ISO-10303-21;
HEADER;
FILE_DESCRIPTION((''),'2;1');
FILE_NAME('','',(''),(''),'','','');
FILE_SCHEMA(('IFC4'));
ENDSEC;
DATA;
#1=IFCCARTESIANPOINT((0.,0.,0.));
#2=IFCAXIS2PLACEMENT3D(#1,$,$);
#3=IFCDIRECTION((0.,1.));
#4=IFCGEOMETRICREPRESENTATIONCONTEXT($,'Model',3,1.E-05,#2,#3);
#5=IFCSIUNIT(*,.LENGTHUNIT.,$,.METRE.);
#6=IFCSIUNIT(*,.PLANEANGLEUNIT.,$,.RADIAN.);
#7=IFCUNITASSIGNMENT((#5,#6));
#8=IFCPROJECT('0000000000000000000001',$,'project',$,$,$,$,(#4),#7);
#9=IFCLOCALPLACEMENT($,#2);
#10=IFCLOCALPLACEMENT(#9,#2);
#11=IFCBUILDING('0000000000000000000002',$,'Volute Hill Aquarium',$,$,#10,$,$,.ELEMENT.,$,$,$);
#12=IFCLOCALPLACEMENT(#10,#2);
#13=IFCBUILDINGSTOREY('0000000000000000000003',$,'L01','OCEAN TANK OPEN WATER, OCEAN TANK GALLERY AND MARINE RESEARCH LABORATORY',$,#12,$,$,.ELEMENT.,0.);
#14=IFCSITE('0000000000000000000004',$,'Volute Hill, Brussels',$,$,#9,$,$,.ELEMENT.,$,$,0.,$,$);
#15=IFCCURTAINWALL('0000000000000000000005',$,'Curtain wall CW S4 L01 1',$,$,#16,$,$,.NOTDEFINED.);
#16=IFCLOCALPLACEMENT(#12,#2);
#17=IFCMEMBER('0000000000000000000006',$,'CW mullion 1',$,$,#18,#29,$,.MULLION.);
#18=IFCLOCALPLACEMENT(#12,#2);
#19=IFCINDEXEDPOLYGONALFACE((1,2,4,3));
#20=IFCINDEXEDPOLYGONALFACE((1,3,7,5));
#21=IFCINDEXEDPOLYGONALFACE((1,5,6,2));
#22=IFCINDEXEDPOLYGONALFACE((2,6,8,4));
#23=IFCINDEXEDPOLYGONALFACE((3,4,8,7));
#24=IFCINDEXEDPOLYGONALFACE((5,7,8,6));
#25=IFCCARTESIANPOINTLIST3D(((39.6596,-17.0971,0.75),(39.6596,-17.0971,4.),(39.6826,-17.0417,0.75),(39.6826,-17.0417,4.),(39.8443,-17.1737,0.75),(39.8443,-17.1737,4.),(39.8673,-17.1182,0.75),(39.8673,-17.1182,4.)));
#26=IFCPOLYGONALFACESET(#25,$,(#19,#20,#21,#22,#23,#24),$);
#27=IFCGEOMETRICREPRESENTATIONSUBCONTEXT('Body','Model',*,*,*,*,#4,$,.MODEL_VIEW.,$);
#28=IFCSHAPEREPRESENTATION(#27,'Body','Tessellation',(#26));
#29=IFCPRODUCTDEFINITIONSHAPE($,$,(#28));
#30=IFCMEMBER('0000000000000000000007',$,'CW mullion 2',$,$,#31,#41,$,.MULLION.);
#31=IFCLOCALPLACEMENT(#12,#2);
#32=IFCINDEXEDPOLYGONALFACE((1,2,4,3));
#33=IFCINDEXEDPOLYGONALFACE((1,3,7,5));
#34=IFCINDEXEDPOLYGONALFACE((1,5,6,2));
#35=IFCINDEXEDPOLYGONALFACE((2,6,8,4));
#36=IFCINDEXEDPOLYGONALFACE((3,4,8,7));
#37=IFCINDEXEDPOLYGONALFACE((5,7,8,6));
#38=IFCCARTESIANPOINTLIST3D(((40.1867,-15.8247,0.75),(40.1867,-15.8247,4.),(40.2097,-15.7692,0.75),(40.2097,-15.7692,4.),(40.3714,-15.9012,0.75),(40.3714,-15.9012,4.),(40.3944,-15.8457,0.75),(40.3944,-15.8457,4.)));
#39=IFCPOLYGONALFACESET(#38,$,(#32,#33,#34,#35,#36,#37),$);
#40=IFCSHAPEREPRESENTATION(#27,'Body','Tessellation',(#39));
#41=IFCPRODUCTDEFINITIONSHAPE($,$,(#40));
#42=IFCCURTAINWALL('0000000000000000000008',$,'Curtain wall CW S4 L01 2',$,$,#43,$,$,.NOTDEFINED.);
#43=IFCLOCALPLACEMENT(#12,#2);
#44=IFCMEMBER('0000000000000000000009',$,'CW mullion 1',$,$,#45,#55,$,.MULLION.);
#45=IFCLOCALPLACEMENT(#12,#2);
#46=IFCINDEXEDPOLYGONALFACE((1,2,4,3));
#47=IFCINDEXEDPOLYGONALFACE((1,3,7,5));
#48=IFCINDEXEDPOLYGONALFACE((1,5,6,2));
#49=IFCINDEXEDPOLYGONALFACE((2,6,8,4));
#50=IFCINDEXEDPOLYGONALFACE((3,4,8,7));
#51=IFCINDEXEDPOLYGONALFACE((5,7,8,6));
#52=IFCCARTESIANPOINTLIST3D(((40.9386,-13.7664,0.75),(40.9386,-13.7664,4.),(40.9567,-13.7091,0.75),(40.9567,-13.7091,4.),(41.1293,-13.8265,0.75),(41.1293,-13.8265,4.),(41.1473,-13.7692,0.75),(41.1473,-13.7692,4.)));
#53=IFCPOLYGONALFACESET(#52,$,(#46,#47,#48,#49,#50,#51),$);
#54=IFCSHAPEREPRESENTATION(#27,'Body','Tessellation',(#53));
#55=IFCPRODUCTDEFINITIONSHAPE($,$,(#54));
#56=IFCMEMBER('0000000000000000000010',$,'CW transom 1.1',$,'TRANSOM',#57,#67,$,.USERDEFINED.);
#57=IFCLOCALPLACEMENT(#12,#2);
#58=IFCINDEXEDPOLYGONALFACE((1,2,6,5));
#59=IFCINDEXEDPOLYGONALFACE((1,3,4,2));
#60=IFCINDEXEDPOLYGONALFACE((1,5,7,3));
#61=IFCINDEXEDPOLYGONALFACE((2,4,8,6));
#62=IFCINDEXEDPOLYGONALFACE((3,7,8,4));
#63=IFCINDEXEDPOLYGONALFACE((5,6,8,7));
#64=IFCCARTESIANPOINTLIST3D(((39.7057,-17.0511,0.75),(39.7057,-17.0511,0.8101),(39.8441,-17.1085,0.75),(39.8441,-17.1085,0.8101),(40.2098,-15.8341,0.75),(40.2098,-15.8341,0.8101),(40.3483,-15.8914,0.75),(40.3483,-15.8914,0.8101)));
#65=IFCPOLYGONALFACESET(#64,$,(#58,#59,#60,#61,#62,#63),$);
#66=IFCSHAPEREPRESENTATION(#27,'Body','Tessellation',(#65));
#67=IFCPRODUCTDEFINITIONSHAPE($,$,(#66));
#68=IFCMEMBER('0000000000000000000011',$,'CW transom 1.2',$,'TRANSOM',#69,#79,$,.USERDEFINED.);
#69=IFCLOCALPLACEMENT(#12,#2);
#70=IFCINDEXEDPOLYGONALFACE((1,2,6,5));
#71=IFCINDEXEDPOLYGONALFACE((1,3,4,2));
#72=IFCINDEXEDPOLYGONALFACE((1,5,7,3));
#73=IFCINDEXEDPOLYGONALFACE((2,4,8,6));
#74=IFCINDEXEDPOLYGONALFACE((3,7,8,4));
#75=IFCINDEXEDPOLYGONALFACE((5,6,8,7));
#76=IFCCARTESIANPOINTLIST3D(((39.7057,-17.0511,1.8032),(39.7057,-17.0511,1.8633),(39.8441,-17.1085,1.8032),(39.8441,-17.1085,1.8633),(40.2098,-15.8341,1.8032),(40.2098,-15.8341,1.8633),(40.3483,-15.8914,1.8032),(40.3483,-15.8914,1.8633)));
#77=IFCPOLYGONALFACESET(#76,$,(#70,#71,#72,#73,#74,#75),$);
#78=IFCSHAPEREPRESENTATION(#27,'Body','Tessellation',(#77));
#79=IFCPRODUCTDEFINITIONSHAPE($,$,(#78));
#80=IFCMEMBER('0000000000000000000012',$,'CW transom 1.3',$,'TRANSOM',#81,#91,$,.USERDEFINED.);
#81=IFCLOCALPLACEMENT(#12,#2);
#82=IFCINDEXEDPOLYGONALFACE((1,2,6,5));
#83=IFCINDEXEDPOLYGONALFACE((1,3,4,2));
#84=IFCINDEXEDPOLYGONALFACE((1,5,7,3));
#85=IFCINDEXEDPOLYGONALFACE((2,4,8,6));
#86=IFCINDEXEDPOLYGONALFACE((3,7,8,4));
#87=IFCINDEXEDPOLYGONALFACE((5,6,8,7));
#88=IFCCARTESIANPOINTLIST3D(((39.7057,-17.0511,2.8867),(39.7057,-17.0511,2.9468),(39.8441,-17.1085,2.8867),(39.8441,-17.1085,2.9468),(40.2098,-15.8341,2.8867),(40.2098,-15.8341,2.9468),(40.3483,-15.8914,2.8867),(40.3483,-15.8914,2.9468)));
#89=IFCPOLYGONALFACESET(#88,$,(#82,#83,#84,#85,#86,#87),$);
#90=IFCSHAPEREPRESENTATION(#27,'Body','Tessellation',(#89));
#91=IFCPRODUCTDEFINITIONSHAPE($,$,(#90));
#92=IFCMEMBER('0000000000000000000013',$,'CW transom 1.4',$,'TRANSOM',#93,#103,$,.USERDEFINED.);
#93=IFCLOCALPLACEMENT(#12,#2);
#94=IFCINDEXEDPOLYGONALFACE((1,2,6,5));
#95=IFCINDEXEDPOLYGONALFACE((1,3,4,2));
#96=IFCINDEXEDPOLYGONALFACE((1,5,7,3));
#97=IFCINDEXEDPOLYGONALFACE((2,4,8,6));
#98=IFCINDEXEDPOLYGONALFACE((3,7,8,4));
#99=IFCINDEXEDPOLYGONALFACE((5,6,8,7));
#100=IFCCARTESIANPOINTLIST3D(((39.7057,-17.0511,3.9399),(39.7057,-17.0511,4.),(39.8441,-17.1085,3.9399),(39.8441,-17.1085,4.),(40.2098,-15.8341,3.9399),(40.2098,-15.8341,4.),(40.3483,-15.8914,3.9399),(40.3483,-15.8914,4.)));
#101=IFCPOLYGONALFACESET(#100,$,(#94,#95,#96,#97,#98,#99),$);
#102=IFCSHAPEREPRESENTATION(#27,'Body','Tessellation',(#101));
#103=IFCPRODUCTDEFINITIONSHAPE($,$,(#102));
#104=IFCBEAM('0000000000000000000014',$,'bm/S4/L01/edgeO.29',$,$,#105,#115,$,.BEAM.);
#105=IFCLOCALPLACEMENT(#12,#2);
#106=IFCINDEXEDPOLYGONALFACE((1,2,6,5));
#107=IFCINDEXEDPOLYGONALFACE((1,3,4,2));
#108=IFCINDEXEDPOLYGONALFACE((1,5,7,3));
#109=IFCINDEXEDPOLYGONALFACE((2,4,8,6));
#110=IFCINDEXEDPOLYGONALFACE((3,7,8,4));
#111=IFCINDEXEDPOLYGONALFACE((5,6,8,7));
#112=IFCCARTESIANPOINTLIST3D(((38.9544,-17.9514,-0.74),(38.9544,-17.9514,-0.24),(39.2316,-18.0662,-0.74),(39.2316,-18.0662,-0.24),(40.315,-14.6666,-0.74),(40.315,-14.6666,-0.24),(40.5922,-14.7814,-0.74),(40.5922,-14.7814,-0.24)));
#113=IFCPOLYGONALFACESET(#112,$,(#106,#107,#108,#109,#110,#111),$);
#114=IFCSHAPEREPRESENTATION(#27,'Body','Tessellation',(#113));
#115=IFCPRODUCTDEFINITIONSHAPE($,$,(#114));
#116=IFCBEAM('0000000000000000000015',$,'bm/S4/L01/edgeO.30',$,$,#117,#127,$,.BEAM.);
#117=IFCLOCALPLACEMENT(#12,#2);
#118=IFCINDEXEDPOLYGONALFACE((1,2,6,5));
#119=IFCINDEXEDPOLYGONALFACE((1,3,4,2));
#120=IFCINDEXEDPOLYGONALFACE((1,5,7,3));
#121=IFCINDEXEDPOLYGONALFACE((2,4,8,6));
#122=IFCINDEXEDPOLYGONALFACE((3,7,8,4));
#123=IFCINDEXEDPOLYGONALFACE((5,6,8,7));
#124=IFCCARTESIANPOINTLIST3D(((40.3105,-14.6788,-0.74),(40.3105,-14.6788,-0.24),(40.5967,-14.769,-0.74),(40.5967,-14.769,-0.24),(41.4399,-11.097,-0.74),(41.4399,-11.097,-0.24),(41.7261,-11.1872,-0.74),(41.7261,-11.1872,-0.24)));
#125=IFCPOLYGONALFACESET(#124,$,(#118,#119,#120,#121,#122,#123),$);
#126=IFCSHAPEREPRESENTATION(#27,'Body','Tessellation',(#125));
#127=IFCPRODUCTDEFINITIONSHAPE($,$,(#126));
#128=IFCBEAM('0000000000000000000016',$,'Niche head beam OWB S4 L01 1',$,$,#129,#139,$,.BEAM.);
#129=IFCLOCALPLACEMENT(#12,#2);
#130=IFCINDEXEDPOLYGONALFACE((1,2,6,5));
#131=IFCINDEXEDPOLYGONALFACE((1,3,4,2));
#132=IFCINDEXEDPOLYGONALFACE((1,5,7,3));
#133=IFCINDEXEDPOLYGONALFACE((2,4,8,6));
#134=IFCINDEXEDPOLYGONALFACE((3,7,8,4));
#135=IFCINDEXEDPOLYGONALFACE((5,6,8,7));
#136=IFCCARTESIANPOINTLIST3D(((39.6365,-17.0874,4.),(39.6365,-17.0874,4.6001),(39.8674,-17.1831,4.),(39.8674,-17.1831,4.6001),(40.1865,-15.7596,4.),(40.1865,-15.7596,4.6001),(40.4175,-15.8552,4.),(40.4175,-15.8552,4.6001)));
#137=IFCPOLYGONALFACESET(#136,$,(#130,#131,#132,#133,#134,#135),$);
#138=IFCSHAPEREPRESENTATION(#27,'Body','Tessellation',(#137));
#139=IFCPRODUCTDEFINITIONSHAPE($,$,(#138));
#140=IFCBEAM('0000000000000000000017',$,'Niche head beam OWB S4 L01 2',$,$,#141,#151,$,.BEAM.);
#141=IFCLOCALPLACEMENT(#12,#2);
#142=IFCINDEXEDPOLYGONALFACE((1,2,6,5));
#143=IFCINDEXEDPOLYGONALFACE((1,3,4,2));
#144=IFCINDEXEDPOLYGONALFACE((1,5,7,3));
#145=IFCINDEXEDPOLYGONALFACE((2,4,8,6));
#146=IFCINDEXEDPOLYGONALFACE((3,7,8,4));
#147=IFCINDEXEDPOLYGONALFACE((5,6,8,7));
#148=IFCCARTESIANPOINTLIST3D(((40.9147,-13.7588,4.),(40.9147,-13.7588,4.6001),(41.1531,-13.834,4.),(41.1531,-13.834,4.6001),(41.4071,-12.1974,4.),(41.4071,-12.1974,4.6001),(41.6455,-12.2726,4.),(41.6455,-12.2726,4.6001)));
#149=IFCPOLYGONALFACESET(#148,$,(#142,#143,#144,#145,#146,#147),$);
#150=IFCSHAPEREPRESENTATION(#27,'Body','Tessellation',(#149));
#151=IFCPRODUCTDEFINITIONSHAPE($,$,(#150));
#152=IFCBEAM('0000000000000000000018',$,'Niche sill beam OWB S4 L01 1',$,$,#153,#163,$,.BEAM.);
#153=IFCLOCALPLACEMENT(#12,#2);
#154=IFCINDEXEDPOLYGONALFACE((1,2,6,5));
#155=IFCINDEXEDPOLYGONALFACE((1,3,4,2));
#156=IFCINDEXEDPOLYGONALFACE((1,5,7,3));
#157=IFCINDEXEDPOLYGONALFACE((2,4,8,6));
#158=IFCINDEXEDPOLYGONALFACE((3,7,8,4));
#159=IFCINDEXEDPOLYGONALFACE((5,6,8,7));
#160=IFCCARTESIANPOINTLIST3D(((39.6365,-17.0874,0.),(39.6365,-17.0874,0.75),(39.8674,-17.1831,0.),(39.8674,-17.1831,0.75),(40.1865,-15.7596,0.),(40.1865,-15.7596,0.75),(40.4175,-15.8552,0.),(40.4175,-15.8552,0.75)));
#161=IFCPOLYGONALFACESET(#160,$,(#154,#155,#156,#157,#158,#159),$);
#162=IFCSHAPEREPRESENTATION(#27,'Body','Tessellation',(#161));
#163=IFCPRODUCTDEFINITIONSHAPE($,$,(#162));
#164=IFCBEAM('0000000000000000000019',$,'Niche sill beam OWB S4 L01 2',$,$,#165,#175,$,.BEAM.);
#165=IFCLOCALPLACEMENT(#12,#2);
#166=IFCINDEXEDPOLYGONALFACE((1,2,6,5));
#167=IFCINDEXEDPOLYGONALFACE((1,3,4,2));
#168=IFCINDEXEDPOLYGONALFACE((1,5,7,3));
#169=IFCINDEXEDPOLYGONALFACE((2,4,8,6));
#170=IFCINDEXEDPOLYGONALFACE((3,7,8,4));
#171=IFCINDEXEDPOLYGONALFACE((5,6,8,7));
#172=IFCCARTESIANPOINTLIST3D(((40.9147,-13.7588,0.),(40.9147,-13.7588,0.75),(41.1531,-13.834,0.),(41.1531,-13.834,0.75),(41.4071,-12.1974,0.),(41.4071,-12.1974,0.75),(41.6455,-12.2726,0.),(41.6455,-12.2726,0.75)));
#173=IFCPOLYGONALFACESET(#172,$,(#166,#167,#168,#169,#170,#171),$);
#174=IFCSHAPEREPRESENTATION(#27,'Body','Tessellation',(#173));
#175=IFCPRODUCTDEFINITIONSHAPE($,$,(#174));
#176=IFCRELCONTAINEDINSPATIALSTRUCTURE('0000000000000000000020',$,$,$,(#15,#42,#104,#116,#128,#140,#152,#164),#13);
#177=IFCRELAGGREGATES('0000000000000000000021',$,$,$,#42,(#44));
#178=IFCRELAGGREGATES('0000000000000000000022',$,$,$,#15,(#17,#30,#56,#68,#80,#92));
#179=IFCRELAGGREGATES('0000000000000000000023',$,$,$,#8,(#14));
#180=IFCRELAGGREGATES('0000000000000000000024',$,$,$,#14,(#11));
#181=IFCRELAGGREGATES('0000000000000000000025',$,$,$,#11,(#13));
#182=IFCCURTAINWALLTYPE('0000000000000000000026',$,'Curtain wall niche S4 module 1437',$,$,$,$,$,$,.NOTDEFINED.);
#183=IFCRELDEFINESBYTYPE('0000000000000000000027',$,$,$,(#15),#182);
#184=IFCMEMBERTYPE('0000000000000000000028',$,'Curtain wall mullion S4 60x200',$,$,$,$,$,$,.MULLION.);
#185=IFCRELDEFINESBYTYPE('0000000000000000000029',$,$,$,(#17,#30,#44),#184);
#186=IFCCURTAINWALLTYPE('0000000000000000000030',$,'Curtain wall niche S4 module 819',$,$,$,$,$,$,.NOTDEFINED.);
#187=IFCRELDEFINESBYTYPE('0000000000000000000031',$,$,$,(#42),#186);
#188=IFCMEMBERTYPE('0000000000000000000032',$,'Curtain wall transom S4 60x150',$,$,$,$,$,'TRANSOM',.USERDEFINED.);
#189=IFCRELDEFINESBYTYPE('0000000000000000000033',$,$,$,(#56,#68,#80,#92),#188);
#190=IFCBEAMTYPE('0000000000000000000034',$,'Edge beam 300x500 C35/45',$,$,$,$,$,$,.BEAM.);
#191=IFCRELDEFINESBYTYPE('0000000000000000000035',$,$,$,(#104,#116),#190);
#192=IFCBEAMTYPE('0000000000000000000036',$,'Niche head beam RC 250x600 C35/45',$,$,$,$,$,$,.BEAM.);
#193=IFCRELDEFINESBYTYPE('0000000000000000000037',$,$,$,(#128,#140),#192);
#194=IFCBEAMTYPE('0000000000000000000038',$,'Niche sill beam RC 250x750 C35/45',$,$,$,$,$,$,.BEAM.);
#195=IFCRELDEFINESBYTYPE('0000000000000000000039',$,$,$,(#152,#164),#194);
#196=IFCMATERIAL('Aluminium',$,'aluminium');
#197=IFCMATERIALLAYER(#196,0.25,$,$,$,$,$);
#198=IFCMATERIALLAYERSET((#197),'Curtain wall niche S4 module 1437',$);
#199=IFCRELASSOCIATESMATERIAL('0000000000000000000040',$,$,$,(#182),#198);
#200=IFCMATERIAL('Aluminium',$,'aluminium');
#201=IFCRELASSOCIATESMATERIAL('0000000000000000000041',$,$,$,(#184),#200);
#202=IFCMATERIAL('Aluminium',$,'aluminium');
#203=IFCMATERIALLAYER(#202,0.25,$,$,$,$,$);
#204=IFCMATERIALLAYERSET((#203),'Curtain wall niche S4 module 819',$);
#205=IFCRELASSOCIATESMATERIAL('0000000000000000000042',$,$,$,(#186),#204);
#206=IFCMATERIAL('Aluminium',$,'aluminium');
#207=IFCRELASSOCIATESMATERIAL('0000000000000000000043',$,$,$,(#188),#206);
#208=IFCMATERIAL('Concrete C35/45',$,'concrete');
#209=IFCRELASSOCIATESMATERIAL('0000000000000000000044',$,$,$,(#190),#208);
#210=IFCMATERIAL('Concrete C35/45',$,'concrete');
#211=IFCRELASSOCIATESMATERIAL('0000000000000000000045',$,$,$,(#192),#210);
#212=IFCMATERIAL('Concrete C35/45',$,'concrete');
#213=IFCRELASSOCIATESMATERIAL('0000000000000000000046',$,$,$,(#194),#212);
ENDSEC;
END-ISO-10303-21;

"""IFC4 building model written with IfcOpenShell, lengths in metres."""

from ifc_helpers import new_model, si_unit, direction, frame, origin, origin_2d, place, context, subcontext, project, spatial, rectangle, extrude, material, layer, layer_set, material_profile, profile_set, type_object, element, aggregate, save


model = new_model("IFC4")

# Units and contexts
model_context = context("Model", 3, precision=1e-05, world=origin(), true_north=direction((0.0, 1.0)))
body_context = subcontext(model_context, "Body", "Model", "MODEL_VIEW")
ifc_project = project(units=[si_unit("LENGTHUNIT", "METRE"), si_unit("PLANEANGLEUNIT", "RADIAN")], contexts=[model_context])

# Site, building, storey
site_placement = place(None, origin())
site = spatial("IfcSite", under=ifc_project, at=site_placement, Name="Volute Hill, Brussels", CompositionType="ELEMENT", RefElevation=0.0)
building_placement = place(site_placement, origin())
building = spatial("IfcBuilding", under=site, at=building_placement, Name="Volute Hill Aquarium", CompositionType="ELEMENT")
storey_placement = place(building_placement, origin())
storey = spatial("IfcBuildingStorey", under=building, at=storey_placement, Name="L01", Description="OCEAN TANK OPEN WATER, OCEAN TANK GALLERY AND MARINE RESEARCH LABORATORY", CompositionType="ELEMENT", Elevation=0.0)

# Curtain wall, members
ifc_material_1 = material(Name="Aluminium", Category="aluminium")
ifc_layer_1 = layer(ifc_material_1, 0.25)
ifc_layer_set_1 = layer_set([ifc_layer_1], Name="Curtain wall niche S4 module 1437")
curtain_wall_type_1 = type_object("IfcCurtainWallType", Name="Curtain wall niche S4 module 1437", PredefinedType="NOTDEFINED", material=ifc_layer_set_1)
curtain_wall_1_placement = place(storey_placement, origin())
curtain_wall_1 = element("IfcCurtainWall", 1, at=curtain_wall_1_placement, inside=storey, type_object=curtain_wall_type_1, Name="Curtain wall CW S4 L01 1", PredefinedType="NOTDEFINED")
ifc_material_2 = material(Name="Aluminium", Category="aluminium")
ifc_material_profile_1 = material_profile(ifc_material_2, rectangle(XDim=0.2, YDim=0.0601, at=origin_2d()), Name="Curtain wall mullion S4 60x200")
ifc_profile_set_1 = profile_set([ifc_material_profile_1], Name="Aluminium")
member_type_1 = type_object("IfcMemberType", Name="Curtain wall mullion S4 60x200", PredefinedType="MULLION", material=ifc_profile_set_1)
member_1_placement = place(storey_placement, frame((39.7634, -17.1077, 0.75), z_axis=(0.0, 0.0, 1.0), x_axis=(-0.923874, 0.382697, 0.0)))
member_1 = element("IfcMember", 2, at=member_1_placement, type_object=member_type_1, Name="CW mullion 1", PredefinedType="MULLION", context=body_context, shape_type="SweptSolid", body=[
    extrude(rectangle(XDim=0.2, YDim=0.0601, at=origin_2d()), origin(), (0.0, 0.0, 1.0), 3.25),
])
member_2_placement = place(storey_placement, frame((40.2905, -15.8352, 0.75), z_axis=(0.0, 0.0, 1.0), x_axis=(-0.923874, 0.382697, 0.0)))
member_2 = element("IfcMember", 3, at=member_2_placement, type_object=member_type_1, Name="CW mullion 2", PredefinedType="MULLION", context=body_context, shape_type="SweptSolid", body=[
    extrude(rectangle(XDim=0.2, YDim=0.0601, at=origin_2d()), origin(), (0.0, 0.0, 1.0), 3.25),
])

# Curtain wall, member
ifc_material_3 = material(Name="Aluminium", Category="aluminium")
ifc_layer_2 = layer(ifc_material_3, 0.25)
ifc_layer_set_2 = layer_set([ifc_layer_2], Name="Curtain wall niche S4 module 819")
curtain_wall_type_2 = type_object("IfcCurtainWallType", Name="Curtain wall niche S4 module 819", PredefinedType="NOTDEFINED", material=ifc_layer_set_2)
curtain_wall_2_placement = place(storey_placement, origin())
curtain_wall_2 = element("IfcCurtainWall", 4, at=curtain_wall_2_placement, inside=storey, type_object=curtain_wall_type_2, Name="Curtain wall CW S4 L01 2", PredefinedType="NOTDEFINED")
member_3_placement = place(storey_placement, frame((41.043, -13.7678, 0.75), z_axis=(0.0, 0.0, 1.0), x_axis=(-0.953716, 0.30071, 0.0)))
member_3 = element("IfcMember", 5, at=member_3_placement, type_object=member_type_1, Name="CW mullion 1", PredefinedType="MULLION", context=body_context, shape_type="SweptSolid", body=[
    extrude(rectangle(XDim=0.2, YDim=0.0601, at=origin_2d()), origin(), (0.0, 0.0, 1.0), 3.25),
])
aggregate(curtain_wall_2, [member_3])

# Members
ifc_material_4 = material(Name="Aluminium", Category="aluminium")
ifc_material_profile_2 = material_profile(ifc_material_4, rectangle(XDim=0.1499, YDim=0.0601, at=origin_2d()), Name="Curtain wall transom S4 60x150")
ifc_profile_set_2 = profile_set([ifc_material_profile_2], Name="Aluminium")
member_type_2 = type_object("IfcMemberType", Name="Curtain wall transom S4 60x150", ElementType="TRANSOM", PredefinedType="USERDEFINED", material=ifc_profile_set_2)
member_4_placement = place(storey_placement, frame((39.7749, -17.0798, 0.78), z_axis=(0.382706, 0.92387, 0.0), x_axis=(-0.92387, 0.382706, 0.0)))
member_4 = element("IfcMember", 6, at=member_4_placement, type_object=member_type_2, Name="CW transom 1.1", ObjectType="TRANSOM", PredefinedType="USERDEFINED", context=body_context, shape_type="SweptSolid", body=[
    extrude(rectangle(XDim=0.1499, YDim=0.0601, at=origin_2d()), origin(), (0.0, 0.0, 1.0), 1.3174),
])
member_5_placement = place(storey_placement, frame((39.7749, -17.0798, 1.8333), z_axis=(0.382706, 0.92387, 0.0), x_axis=(-0.92387, 0.382706, 0.0)))
member_5 = element("IfcMember", 7, at=member_5_placement, type_object=member_type_2, Name="CW transom 1.2", ObjectType="TRANSOM", PredefinedType="USERDEFINED", context=body_context, shape_type="SweptSolid", body=[
    extrude(rectangle(XDim=0.1499, YDim=0.0601, at=origin_2d()), origin(), (0.0, 0.0, 1.0), 1.3174),
])
member_6_placement = place(storey_placement, frame((39.7749, -17.0798, 2.9167), z_axis=(0.382706, 0.92387, 0.0), x_axis=(-0.92387, 0.382706, 0.0)))
member_6 = element("IfcMember", 8, at=member_6_placement, type_object=member_type_2, Name="CW transom 1.3", ObjectType="TRANSOM", PredefinedType="USERDEFINED", context=body_context, shape_type="SweptSolid", body=[
    extrude(rectangle(XDim=0.1499, YDim=0.0601, at=origin_2d()), origin(), (0.0, 0.0, 1.0), 1.3174),
])
member_7_placement = place(storey_placement, frame((39.7749, -17.0798, 3.97), z_axis=(0.382706, 0.92387, 0.0), x_axis=(-0.92387, 0.382706, 0.0)))
member_7 = element("IfcMember", 9, at=member_7_placement, type_object=member_type_2, Name="CW transom 1.4", ObjectType="TRANSOM", PredefinedType="USERDEFINED", context=body_context, shape_type="SweptSolid", body=[
    extrude(rectangle(XDim=0.1499, YDim=0.0601, at=origin_2d()), origin(), (0.0, 0.0, 1.0), 1.3174),
])

# Beams
ifc_material_5 = material(Name="Concrete C35/45", Category="concrete")
ifc_material_profile_3 = material_profile(ifc_material_5, rectangle(XDim=0.3, YDim=0.5, at=origin_2d()), Name="RC edge beam 300x500")
ifc_profile_set_3 = profile_set([ifc_material_profile_3], Name="Concrete C35/45")
beam_type_1 = type_object("IfcBeamType", Name="Edge beam 300x500 C35/45", PredefinedType="BEAM", material=ifc_profile_set_3)
beam_1_placement = place(storey_placement, frame((39.093, -18.0088, -0.49), z_axis=(0.382669, 0.923885, 0.0), x_axis=(-0.923885, 0.382669, 0.0)))
element("IfcBeam", 10, at=beam_1_placement, inside=storey, type_object=beam_type_1, Name="bm/S4/L01/edgeO.29", PredefinedType="BEAM", context=body_context, shape_type="SweptSolid", body=[
    extrude(rectangle(XDim=0.3, YDim=0.5, at=origin_2d()), origin(), (0.0, 0.0, 1.0), 3.5554),
])
beam_2_placement = place(storey_placement, frame((40.4536, -14.7239, -0.49), z_axis=(0.300721, 0.953712, 0.0), x_axis=(-0.953712, 0.300721, 0.0)))
element("IfcBeam", 11, at=beam_2_placement, inside=storey, type_object=beam_type_1, Name="bm/S4/L01/edgeO.30", PredefinedType="BEAM", context=body_context, shape_type="SweptSolid", body=[
    extrude(rectangle(XDim=0.3, YDim=0.5, at=origin_2d()), origin(), (0.0, 0.0, 1.0), 3.7556),
])
ifc_material_6 = material(Name="Concrete C35/45", Category="concrete")
ifc_material_profile_4 = material_profile(ifc_material_6, rectangle(XDim=0.25, YDim=0.6001, at=origin_2d()), Name="RC beam 250x600")
ifc_profile_set_4 = profile_set([ifc_material_profile_4], Name="Concrete C35/45")
beam_type_2 = type_object("IfcBeamType", Name="Niche head beam RC 250x600 C35/45", PredefinedType="BEAM", material=ifc_profile_set_4)
beam_3_placement = place(storey_placement, frame((39.752, -17.1353, 4.3), z_axis=(0.382697, 0.923874, 0.0), x_axis=(-0.923874, 0.382697, 0.0)))
element("IfcBeam", 12, at=beam_3_placement, inside=storey, type_object=beam_type_2, Name="Niche head beam OWB S4 L01 1", PredefinedType="BEAM", context=body_context, shape_type="SweptSolid", body=[
    extrude(rectangle(XDim=0.25, YDim=0.6001, at=origin_2d()), origin(), (0.0, 0.0, 1.0), 1.4373),
])
beam_4_placement = place(storey_placement, frame((41.0339, -13.7964, 4.3), z_axis=(0.300753, 0.953702, 0.0), x_axis=(-0.953702, 0.300753, 0.0)))
element("IfcBeam", 13, at=beam_4_placement, inside=storey, type_object=beam_type_2, Name="Niche head beam OWB S4 L01 2", PredefinedType="BEAM", context=body_context, shape_type="SweptSolid", body=[
    extrude(rectangle(XDim=0.25, YDim=0.6001, at=origin_2d()), origin(), (0.0, 0.0, 1.0), 1.6372),
])
ifc_material_7 = material(Name="Concrete C35/45", Category="concrete")
ifc_material_profile_5 = material_profile(ifc_material_7, rectangle(XDim=0.25, YDim=0.75, at=origin_2d()), Name="RC beam 250x750")
ifc_profile_set_5 = profile_set([ifc_material_profile_5], Name="Concrete C35/45")
beam_type_3 = type_object("IfcBeamType", Name="Niche sill beam RC 250x750 C35/45", PredefinedType="BEAM", material=ifc_profile_set_5)
beam_5_placement = place(storey_placement, frame((39.752, -17.1353, 0.375), z_axis=(0.382697, 0.923874, 0.0), x_axis=(-0.923874, 0.382697, 0.0)))
element("IfcBeam", 14, at=beam_5_placement, inside=storey, type_object=beam_type_3, Name="Niche sill beam OWB S4 L01 1", PredefinedType="BEAM", context=body_context, shape_type="SweptSolid", body=[
    extrude(rectangle(XDim=0.25, YDim=0.75, at=origin_2d()), origin(), (0.0, 0.0, 1.0), 1.4373),
])
beam_6_placement = place(storey_placement, frame((41.0339, -13.7964, 0.375), z_axis=(0.300753, 0.953702, 0.0), x_axis=(-0.953702, 0.300753, 0.0)))
element("IfcBeam", 15, at=beam_6_placement, inside=storey, type_object=beam_type_3, Name="Niche sill beam OWB S4 L01 2", PredefinedType="BEAM", context=body_context, shape_type="SweptSolid", body=[
    extrude(rectangle(XDim=0.25, YDim=0.75, at=origin_2d()), origin(), (0.0, 0.0, 1.0), 1.6372),
])

aggregate(curtain_wall_1, [member_1, member_2, member_4, member_5, member_6, member_7])

save(model, "model.ifc")
